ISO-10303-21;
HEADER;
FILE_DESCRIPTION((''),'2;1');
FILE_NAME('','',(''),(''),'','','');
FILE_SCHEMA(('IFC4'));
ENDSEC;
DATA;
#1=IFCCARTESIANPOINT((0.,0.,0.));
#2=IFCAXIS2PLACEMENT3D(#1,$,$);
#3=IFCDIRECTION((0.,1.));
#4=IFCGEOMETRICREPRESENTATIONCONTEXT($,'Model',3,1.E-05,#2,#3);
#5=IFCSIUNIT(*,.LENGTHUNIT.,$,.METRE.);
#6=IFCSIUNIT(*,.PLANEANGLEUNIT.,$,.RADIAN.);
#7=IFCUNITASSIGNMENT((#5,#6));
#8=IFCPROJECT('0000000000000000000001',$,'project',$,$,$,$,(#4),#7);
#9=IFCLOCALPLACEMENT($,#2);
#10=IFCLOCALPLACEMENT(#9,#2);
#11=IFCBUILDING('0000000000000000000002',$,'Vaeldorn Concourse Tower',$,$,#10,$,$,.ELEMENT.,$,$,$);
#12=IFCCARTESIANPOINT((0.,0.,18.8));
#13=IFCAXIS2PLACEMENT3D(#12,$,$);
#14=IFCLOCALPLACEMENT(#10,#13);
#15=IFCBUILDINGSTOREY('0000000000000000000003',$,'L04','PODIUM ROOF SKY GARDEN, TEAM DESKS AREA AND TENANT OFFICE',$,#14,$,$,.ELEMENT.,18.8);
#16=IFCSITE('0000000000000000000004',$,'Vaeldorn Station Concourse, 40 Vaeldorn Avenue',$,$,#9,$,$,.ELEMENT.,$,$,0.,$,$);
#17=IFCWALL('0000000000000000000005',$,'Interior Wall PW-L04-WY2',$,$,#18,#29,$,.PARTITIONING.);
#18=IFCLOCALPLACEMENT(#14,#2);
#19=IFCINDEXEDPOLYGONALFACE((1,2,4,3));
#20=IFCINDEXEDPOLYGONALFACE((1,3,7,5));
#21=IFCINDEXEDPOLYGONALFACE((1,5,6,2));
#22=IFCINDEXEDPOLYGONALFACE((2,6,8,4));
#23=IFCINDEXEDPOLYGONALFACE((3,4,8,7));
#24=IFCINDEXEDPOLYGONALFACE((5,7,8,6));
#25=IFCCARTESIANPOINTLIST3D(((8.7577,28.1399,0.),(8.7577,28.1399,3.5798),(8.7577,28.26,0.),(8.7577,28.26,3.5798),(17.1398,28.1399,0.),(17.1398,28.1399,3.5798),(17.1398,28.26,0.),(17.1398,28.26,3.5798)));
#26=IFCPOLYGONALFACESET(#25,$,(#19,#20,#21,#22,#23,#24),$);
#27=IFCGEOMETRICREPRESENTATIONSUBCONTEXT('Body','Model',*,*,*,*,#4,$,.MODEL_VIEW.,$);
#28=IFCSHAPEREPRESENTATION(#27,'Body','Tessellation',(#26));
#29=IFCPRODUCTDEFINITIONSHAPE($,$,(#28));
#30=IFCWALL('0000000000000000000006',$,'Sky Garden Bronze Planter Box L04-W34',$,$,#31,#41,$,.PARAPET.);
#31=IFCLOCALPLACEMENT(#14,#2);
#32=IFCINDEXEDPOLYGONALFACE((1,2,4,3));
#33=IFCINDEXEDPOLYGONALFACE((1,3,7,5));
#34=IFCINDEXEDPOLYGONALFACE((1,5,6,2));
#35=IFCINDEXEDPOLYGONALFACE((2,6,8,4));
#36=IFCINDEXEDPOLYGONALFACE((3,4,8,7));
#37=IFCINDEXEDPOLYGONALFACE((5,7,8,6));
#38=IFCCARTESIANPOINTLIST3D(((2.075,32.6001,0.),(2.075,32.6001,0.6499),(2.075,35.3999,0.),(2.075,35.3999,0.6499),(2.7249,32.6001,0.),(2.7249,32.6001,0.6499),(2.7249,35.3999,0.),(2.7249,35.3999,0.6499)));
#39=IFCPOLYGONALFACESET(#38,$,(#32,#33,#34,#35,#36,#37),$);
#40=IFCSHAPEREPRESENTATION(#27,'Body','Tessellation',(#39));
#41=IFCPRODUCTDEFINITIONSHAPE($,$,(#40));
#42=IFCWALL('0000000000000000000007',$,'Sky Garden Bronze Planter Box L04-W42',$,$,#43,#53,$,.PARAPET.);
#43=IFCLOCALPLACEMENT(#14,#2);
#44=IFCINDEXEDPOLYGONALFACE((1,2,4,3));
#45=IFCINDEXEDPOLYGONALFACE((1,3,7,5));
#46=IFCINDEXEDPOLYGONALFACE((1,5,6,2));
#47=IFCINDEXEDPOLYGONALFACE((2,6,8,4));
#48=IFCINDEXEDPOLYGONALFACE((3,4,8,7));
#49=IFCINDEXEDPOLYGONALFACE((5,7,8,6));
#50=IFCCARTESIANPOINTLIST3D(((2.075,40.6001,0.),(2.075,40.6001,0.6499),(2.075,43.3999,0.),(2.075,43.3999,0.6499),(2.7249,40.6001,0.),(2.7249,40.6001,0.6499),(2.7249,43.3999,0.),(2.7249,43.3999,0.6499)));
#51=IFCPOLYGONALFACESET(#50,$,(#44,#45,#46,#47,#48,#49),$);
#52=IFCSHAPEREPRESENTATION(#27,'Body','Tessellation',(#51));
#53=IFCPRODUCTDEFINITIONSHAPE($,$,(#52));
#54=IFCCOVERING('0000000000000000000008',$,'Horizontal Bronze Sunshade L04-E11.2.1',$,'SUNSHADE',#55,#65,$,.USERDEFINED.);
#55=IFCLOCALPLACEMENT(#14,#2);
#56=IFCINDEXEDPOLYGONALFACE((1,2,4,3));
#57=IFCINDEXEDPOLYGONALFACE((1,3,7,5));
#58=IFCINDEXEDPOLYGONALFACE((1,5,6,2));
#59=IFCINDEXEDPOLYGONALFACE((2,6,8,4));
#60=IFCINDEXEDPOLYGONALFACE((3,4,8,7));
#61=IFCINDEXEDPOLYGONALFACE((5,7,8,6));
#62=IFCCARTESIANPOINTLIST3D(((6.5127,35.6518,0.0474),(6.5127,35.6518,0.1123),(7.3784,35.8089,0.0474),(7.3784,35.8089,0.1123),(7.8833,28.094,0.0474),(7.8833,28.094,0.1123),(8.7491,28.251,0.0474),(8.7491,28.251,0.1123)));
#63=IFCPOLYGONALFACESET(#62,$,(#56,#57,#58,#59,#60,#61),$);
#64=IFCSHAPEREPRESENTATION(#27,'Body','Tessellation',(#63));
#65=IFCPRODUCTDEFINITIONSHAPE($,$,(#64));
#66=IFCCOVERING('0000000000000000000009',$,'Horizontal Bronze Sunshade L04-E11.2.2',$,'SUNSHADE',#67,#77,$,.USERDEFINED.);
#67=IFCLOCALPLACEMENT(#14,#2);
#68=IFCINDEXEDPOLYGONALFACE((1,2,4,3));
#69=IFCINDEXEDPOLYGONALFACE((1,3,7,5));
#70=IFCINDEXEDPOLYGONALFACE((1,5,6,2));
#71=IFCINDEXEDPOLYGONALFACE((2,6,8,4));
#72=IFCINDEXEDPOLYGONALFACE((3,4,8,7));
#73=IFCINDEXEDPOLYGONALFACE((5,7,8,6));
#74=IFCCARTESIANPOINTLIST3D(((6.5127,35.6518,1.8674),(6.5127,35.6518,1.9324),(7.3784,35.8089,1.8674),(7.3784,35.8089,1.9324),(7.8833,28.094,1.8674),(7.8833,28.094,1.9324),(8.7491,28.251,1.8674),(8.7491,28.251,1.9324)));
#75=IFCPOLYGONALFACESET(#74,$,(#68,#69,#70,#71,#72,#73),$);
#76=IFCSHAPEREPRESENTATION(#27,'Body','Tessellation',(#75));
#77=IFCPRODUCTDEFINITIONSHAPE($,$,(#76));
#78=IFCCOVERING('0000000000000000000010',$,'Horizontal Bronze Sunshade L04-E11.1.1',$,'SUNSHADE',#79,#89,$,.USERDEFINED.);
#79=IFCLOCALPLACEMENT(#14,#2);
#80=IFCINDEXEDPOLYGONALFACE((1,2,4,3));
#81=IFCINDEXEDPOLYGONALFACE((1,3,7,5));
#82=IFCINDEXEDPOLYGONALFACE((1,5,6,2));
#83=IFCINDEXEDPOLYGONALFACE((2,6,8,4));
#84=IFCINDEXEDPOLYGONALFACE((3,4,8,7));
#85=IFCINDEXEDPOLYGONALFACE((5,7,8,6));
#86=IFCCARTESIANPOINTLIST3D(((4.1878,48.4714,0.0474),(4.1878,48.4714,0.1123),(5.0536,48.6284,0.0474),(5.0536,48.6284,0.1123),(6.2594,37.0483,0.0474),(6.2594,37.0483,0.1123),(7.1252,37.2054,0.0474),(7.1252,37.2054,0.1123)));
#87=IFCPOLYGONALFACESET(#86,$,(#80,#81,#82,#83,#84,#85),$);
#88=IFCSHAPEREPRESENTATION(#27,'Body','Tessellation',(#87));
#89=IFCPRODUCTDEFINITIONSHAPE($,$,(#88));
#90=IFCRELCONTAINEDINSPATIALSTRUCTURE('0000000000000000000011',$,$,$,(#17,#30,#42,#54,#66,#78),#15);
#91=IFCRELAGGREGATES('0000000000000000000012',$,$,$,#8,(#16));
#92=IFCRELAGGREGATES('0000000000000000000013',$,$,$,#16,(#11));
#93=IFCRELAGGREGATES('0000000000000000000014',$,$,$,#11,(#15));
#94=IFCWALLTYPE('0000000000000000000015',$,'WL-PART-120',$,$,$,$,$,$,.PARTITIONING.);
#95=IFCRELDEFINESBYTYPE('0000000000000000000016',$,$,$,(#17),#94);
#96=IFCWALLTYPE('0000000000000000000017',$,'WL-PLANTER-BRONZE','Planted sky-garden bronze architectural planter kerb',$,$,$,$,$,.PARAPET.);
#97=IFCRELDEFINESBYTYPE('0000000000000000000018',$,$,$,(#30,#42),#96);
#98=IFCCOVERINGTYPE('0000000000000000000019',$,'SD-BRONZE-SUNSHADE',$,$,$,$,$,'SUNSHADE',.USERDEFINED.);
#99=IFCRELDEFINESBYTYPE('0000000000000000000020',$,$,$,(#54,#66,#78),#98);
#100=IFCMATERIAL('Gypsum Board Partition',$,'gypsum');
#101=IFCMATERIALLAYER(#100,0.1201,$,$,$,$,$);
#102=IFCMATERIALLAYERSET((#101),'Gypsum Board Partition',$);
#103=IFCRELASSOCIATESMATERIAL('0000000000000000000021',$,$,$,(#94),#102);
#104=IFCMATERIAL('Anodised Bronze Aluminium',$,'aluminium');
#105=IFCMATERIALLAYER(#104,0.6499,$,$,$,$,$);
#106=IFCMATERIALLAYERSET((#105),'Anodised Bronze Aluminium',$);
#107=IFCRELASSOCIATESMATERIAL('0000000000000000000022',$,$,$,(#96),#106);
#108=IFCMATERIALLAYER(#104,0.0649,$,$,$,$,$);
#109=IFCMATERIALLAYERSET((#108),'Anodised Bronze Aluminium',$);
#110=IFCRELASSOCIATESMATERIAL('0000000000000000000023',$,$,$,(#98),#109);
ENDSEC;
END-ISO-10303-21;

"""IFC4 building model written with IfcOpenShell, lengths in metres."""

from ifc_helpers import new_model, si_unit, direction, frame, frame_2d, origin, origin_2d, place, context, subcontext, project, spatial, rectangle, extrude, source, transform, mapped, material, layer, layer_set, type_object, element, save


model = new_model("IFC4")

# Units and contexts
model_context = context("Model", 3, precision=1e-05, world=origin(), true_north=direction((0.0, 1.0)))
body_context = subcontext(model_context, "Body", "Model", "MODEL_VIEW")
ifc_project = project(units=[si_unit("LENGTHUNIT", "METRE"), si_unit("PLANEANGLEUNIT", "RADIAN")], contexts=[model_context])

# Site, building, storey
site_placement = place(None, origin())
site = spatial("IfcSite", under=ifc_project, at=site_placement, Name="Vaeldorn Station Concourse, 40 Vaeldorn Avenue", CompositionType="ELEMENT", RefElevation=0.0)
building_placement = place(site_placement, origin())
building = spatial("IfcBuilding", under=site, at=building_placement, Name="Vaeldorn Concourse Tower", CompositionType="ELEMENT")
storey_placement = place(building_placement, frame((0.0, 0.0, 18.8)))
storey = spatial("IfcBuildingStorey", under=building, at=storey_placement, Name="L04", Description="PODIUM ROOF SKY GARDEN, TEAM DESKS AREA AND TENANT OFFICE", CompositionType="ELEMENT", Elevation=18.8)

# Shared definitions
ifc_material_1 = material(Name="Anodised Bronze Aluminium", Category="aluminium")

# Shared definitions
ifc_material_2 = material(Name="Gypsum Board Partition", Category="gypsum")
ifc_layer_1 = layer(ifc_material_2, 0.1201)
ifc_layer_set_1 = layer_set([ifc_layer_1], Name="Gypsum Board Partition")
wall_type_1 = type_object("IfcWallType", Name="WL-PART-120", PredefinedType="PARTITIONING", material=ifc_layer_set_1)

# Walls
wall_1_placement = place(storey_placement, frame((8.7578, 28.2, 0.0), z_axis=(0.0, 0.0, 1.0), x_axis=(1.0, 0.0, 0.0)))
element("IfcWall", 1, at=wall_1_placement, inside=storey, type_object=wall_type_1, Name="Interior Wall PW-L04-WY2", PredefinedType="PARTITIONING", context=body_context, shape_type="SweptSolid", body=[
    extrude(rectangle(XDim=8.3821, YDim=0.1201, at=frame_2d((4.1909, 0.0))), origin(), (0.0, 0.0, 1.0), 3.5798),
])
ifc_layer_2 = layer(ifc_material_1, 0.6499)
ifc_layer_set_2 = layer_set([ifc_layer_2], Name="Anodised Bronze Aluminium")
wall_type_2 = type_object("IfcWallType", Name="WL-PLANTER-BRONZE", Description="Planted sky-garden bronze architectural planter kerb", PredefinedType="PARAPET", material=ifc_layer_set_2)
for number, where, z_axis, x_axis, name in (
    (2, (2.3999, 32.6001, 0.0), (0.0, 0.0, 1.0), (0.0, 1.0, 0.0), "Sky Garden Bronze Planter Box L04-W34"),
    (3, (2.3999, 40.6001, 0.0), (0.0, 0.0, 1.0), (0.0, 1.0, 0.0), "Sky Garden Bronze Planter Box L04-W42"),
):
    element("IfcWall", number, at=place(storey_placement, frame(where, z_axis=z_axis, x_axis=x_axis)), inside=storey, type_object=wall_type_2, Name=name, PredefinedType="PARAPET", context=body_context, shape_type="SweptSolid", body=[
        extrude(rectangle(XDim=2.7998, YDim=0.6499, at=frame_2d((1.3999, 0.0))), origin(), (0.0, 0.0, 1.0), 0.6499),
    ])

# Coverings
ifc_layer_3 = layer(ifc_material_1, 0.0649)
ifc_layer_set_3 = layer_set([ifc_layer_3], Name="Anodised Bronze Aluminium")
covering_type = type_object("IfcCoveringType", Name="SD-BRONZE-SUNSHADE", ElementType="SUNSHADE", PredefinedType="USERDEFINED", material=ifc_layer_set_3)
shared_shape_1 = source(origin(), body_context, "Body", "SweptSolid", [
    extrude(rectangle(XDim=7.6812, YDim=0.8799, at=origin_2d()), origin(), (0.0, 0.0, 1.0), 0.0649),
])
for number, where, z_axis, x_axis, name in (
    (4, (7.6309, 31.9514, 0.0474), (0.0, 0.0, 1.0), (0.178442, -0.983951, 0.0), "Horizontal Bronze Sunshade L04-E11.2.1"),
    (5, (7.6309, 31.9514, 1.8674), (0.0, 0.0, 1.0), (0.178442, -0.983951, 0.0), "Horizontal Bronze Sunshade L04-E11.2.2"),
):
    element("IfcCovering", number, at=place(storey_placement, frame(where, z_axis=z_axis, x_axis=x_axis)), inside=storey, type_object=covering_type, Name=name, ObjectType="SUNSHADE", PredefinedType="USERDEFINED", context=body_context, shape_type="MappedRepresentation", body=[
        mapped(shared_shape_1, transform((0.0, 0.0, 0.0), scale=1.0)),
    ])
shared_shape_2 = source(origin(), body_context, "Body", "SweptSolid", [
    extrude(rectangle(XDim=11.6094, YDim=0.8799, at=origin_2d()), origin(), (0.0, 0.0, 1.0), 0.0649),
])
covering_placement = place(storey_placement, frame((5.6565, 42.8384, 0.0474), z_axis=(0.0, 0.0, 1.0), x_axis=(0.178442, -0.983951, 0.0)))
element("IfcCovering", 6, at=covering_placement, inside=storey, type_object=covering_type, Name="Horizontal Bronze Sunshade L04-E11.1.1", ObjectType="SUNSHADE", PredefinedType="USERDEFINED", context=body_context, shape_type="MappedRepresentation", body=[
    mapped(shared_shape_2, transform((0.0, 0.0, 0.0), scale=1.0)),
])

save(model, "model.ifc")
